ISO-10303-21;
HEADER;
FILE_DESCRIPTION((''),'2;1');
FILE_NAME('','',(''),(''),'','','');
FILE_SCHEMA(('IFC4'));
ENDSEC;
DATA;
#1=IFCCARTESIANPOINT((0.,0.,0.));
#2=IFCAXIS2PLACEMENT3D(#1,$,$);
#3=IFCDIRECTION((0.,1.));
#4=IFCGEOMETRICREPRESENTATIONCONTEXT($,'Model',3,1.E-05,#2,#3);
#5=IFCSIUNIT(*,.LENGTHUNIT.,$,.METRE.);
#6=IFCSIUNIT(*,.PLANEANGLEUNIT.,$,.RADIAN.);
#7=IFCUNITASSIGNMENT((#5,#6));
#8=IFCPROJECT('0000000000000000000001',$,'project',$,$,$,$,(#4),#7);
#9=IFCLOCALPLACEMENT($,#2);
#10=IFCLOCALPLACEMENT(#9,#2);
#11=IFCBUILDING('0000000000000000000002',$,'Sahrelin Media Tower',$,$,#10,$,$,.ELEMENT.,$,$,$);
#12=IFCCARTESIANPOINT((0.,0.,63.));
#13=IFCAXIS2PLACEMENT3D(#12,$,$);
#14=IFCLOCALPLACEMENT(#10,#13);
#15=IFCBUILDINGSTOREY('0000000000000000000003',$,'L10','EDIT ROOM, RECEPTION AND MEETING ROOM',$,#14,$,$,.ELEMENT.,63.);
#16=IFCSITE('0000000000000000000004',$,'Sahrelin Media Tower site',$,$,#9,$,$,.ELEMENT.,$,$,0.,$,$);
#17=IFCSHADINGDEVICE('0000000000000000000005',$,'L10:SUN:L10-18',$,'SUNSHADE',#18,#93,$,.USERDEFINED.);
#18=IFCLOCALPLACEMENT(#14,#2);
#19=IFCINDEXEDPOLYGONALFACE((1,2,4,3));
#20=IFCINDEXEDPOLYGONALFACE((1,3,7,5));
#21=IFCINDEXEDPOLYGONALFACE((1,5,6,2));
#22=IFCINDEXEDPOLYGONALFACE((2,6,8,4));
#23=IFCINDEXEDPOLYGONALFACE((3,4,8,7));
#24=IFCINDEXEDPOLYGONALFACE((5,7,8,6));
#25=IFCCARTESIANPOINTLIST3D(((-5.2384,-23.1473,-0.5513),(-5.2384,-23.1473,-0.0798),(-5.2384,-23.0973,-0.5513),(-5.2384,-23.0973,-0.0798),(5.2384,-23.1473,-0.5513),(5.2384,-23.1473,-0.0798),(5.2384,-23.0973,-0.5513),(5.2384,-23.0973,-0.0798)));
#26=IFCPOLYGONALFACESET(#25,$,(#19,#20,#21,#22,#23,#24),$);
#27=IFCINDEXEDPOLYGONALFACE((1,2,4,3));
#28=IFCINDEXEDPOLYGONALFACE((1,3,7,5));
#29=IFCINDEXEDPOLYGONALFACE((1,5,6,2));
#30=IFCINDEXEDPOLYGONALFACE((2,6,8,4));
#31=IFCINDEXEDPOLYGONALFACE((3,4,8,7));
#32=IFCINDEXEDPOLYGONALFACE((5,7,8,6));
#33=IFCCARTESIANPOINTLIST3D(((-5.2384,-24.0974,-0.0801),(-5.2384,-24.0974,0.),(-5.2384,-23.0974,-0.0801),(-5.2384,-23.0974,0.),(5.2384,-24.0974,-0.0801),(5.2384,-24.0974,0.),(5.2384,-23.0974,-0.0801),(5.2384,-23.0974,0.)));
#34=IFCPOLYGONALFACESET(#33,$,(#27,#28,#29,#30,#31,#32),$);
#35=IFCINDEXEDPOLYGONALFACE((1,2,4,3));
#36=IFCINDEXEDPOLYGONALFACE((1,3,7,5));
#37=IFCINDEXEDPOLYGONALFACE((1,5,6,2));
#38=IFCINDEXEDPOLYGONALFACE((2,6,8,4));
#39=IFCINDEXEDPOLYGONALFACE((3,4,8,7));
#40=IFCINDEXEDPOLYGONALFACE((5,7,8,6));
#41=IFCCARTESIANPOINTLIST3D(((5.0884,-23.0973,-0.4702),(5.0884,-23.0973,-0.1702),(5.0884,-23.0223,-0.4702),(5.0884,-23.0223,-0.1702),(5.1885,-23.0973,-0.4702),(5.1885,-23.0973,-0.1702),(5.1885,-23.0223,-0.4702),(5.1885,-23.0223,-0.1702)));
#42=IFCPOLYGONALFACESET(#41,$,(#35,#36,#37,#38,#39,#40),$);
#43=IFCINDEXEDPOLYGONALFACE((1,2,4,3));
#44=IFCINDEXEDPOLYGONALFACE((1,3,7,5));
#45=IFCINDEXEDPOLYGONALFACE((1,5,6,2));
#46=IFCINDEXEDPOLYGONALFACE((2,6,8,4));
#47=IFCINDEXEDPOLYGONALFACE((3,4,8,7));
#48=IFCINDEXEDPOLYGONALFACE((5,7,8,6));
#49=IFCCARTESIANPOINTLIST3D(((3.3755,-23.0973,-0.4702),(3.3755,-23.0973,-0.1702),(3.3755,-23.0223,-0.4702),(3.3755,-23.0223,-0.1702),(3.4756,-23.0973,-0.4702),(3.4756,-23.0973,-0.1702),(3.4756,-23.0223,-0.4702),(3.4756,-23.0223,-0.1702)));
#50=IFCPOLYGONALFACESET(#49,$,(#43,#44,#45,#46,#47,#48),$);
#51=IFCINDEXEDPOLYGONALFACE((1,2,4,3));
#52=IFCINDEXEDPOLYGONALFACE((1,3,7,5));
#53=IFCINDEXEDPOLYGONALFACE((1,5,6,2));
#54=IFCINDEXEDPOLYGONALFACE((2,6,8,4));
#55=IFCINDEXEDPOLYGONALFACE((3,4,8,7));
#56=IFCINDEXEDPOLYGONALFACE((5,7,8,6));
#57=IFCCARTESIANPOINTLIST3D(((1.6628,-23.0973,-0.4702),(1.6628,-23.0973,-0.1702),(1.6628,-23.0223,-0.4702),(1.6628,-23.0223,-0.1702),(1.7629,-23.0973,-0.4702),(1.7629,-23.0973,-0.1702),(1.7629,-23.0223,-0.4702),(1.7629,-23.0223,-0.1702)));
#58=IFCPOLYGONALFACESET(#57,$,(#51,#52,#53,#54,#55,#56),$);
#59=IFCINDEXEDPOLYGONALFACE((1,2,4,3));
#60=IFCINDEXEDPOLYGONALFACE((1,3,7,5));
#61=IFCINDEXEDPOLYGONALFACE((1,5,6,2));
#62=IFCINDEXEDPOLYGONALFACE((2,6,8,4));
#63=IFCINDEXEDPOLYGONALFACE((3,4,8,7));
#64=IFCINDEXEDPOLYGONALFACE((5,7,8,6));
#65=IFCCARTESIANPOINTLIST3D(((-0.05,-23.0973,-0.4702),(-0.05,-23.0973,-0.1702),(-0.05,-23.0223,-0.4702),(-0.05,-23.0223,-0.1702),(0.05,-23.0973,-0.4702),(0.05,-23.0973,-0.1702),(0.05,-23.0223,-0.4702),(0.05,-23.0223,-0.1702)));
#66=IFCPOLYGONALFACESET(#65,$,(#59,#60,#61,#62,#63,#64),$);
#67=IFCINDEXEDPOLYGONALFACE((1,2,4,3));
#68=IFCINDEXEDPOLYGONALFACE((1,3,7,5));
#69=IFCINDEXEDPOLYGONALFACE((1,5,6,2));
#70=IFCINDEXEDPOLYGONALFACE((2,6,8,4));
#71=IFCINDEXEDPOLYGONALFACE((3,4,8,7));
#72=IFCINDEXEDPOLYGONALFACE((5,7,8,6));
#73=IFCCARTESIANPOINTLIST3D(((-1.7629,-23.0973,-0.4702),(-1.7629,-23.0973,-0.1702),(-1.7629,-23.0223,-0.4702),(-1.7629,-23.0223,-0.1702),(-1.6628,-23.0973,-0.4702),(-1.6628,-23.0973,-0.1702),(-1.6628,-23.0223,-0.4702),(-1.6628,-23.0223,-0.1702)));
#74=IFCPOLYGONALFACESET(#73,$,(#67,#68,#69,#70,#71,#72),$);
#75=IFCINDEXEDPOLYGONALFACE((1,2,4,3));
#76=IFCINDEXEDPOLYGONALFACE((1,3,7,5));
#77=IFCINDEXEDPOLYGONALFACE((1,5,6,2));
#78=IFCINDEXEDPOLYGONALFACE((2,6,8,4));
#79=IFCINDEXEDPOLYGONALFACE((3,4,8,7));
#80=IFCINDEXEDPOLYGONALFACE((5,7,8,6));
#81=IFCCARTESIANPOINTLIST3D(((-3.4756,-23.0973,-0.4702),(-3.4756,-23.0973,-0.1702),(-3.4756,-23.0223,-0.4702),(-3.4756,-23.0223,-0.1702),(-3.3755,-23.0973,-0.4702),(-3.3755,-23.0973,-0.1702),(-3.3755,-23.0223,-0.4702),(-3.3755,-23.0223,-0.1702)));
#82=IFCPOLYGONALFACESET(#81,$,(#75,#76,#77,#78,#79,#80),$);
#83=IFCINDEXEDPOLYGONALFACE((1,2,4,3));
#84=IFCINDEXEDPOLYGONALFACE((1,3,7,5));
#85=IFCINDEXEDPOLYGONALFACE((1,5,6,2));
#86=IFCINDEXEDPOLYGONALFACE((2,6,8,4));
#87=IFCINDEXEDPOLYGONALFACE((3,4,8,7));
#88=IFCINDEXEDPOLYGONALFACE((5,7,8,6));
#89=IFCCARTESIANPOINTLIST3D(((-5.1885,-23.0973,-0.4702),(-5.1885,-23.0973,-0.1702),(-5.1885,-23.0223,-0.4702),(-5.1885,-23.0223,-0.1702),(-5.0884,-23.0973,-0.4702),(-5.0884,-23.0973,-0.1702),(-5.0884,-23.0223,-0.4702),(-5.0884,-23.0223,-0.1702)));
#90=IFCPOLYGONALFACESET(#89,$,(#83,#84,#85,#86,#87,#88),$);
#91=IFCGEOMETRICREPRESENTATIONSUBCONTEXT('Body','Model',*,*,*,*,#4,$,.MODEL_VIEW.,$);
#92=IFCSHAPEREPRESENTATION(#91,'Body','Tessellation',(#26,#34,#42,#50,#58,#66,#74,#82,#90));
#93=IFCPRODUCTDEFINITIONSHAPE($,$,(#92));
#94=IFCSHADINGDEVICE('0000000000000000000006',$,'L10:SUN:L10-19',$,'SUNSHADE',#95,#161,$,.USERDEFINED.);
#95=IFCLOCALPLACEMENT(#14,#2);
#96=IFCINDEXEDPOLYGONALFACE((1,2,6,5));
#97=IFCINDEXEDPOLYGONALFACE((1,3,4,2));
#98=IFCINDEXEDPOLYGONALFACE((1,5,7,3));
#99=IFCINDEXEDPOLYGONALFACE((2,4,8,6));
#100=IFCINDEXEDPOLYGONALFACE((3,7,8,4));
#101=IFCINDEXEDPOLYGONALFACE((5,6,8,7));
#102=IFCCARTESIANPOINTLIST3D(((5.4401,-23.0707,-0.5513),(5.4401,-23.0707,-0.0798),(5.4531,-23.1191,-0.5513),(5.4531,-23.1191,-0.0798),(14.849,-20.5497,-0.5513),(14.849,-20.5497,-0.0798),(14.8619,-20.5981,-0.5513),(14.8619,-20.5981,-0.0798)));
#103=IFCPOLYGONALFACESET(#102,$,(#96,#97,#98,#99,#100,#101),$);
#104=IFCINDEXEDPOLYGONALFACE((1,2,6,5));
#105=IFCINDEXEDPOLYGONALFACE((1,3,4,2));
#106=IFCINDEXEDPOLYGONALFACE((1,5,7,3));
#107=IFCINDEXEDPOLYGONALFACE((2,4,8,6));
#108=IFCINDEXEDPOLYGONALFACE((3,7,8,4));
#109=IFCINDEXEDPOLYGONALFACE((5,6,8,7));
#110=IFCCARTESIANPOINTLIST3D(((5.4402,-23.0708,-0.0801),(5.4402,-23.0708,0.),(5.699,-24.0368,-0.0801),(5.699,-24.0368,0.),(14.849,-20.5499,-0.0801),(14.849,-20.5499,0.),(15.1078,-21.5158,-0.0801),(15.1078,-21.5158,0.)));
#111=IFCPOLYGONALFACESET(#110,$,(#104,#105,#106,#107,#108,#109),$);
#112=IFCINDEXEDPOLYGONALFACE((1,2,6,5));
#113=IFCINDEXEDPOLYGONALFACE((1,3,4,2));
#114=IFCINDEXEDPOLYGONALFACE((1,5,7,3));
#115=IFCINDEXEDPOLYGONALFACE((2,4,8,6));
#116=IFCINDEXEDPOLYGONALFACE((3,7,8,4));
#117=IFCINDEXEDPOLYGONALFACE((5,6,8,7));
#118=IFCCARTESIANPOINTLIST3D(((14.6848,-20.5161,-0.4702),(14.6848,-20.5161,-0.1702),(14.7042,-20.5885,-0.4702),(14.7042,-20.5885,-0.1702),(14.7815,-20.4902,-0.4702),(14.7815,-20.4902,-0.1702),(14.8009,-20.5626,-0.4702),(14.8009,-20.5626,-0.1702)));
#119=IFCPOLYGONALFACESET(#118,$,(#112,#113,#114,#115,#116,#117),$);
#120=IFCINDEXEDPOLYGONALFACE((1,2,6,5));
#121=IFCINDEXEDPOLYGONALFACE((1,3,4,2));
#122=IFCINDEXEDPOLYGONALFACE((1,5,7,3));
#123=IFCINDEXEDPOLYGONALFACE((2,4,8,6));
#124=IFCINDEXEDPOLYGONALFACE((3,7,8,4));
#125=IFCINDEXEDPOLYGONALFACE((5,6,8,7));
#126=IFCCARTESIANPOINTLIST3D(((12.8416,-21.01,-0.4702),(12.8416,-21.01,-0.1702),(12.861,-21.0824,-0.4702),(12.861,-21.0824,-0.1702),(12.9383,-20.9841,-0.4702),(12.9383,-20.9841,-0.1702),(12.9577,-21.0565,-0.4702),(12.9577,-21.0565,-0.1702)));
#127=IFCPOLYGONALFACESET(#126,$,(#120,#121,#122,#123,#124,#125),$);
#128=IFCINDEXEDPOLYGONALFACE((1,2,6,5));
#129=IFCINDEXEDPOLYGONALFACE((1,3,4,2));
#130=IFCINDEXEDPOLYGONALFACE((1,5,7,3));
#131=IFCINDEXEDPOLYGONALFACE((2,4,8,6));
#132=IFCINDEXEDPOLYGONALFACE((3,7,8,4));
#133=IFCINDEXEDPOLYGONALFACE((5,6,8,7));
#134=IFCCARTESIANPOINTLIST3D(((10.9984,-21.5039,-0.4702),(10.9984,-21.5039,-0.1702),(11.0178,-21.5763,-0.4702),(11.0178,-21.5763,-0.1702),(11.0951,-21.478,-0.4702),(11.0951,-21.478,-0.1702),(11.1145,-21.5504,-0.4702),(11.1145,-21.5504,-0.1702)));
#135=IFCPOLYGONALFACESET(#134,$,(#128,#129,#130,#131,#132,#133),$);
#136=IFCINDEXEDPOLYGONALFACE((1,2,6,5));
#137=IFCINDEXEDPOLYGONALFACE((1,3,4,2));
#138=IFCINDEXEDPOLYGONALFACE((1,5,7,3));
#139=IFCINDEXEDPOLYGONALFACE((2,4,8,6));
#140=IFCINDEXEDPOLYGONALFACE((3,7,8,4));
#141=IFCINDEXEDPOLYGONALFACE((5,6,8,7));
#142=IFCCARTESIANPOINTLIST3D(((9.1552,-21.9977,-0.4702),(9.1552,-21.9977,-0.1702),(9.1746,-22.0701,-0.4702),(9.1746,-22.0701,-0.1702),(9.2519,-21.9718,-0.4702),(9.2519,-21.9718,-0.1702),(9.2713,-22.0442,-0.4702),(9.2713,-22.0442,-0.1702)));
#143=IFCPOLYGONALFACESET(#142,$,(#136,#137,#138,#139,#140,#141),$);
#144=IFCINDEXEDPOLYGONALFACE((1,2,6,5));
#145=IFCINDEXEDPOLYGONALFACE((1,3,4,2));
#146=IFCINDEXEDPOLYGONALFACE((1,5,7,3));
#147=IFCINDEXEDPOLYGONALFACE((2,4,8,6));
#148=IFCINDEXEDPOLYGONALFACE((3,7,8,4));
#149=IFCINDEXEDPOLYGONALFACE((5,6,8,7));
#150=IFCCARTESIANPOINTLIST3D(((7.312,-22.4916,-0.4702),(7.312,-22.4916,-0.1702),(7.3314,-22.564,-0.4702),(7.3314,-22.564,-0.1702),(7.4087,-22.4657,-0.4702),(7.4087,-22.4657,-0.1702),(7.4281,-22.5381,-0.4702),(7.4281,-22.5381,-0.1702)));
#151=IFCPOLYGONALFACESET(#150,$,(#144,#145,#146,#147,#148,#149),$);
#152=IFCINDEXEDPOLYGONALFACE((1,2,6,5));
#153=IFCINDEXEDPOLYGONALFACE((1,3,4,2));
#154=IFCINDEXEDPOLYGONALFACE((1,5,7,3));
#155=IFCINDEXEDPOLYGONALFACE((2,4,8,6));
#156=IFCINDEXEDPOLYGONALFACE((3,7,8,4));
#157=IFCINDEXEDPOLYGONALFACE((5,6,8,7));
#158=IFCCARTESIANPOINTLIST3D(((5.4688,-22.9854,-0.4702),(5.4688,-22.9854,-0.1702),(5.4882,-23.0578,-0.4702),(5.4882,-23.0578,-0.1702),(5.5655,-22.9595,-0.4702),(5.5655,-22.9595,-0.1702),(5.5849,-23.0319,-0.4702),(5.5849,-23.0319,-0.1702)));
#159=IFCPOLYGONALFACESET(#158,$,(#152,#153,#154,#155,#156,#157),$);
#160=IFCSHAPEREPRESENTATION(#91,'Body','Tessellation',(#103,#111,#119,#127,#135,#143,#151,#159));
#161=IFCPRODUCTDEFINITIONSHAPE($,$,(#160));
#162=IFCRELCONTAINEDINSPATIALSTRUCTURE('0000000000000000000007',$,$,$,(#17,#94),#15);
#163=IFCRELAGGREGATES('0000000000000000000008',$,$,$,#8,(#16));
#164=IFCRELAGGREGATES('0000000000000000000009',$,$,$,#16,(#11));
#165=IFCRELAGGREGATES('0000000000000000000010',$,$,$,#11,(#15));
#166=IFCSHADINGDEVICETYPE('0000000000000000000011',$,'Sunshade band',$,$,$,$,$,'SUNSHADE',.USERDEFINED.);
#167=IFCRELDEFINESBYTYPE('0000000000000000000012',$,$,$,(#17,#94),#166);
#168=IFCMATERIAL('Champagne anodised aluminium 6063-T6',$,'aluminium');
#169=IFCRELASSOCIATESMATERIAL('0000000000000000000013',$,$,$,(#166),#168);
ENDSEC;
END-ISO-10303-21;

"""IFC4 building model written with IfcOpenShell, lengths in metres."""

from ifc_helpers import new_model, si_unit, direction, frame, origin, origin_2d, place, context, subcontext, project, spatial, rectangle, extrude, material, type_object, element, save


model = new_model("IFC4")

# Units and contexts
model_context = context("Model", 3, precision=1e-05, world=origin(), true_north=direction((0.0, 1.0)))
body_context = subcontext(model_context, "Body", "Model", "MODEL_VIEW")
ifc_project = project(units=[si_unit("LENGTHUNIT", "METRE"), si_unit("PLANEANGLEUNIT", "RADIAN")], contexts=[model_context])

# Site, building, storey
site_placement = place(None, origin())
site = spatial("IfcSite", under=ifc_project, at=site_placement, Name="Sahrelin Media Tower site", CompositionType="ELEMENT", RefElevation=0.0)
building_placement = place(site_placement, origin())
building = spatial("IfcBuilding", under=site, at=building_placement, Name="Sahrelin Media Tower", CompositionType="ELEMENT")
storey_placement = place(building_placement, frame((0.0, 0.0, 63.0)))
storey = spatial("IfcBuildingStorey", under=building, at=storey_placement, Name="L10", Description="EDIT ROOM, RECEPTION AND MEETING ROOM", CompositionType="ELEMENT", Elevation=63.0)

# Shared definitions
ifc_material_1 = material(Name="Champagne anodised aluminium 6063-T6", Category="aluminium")

# Shading devices
placement_1 = place(storey_placement, frame((0.0, -23.0774, 0.0), z_axis=(0.0, 0.0, 1.0), x_axis=(-1.0, 0.0, 0.0)))
placement_2 = place(storey_placement, frame((10.1394, -21.791, 0.0), z_axis=(0.0, 0.0, 1.0), x_axis=(-0.965929, -0.258808, 0.0)))
shading_device_type_1 = type_object("IfcShadingDeviceType", Name="Sunshade band", ElementType="SUNSHADE", PredefinedType="USERDEFINED", material=ifc_material_1)
element("IfcShadingDevice", 1, at=placement_1, inside=storey, type_object=shading_device_type_1, Name="L10:SUN:L10-18", ObjectType="SUNSHADE", PredefinedType="USERDEFINED", context=body_context, shape_type="SweptSolid", body=[
    extrude(rectangle(XDim=10.4768, YDim=0.05, at=origin_2d()), frame((0.0, 0.0449, -0.5513)), (0.0, 0.0, 1.0), 0.4714),
    extrude(rectangle(XDim=10.4768, YDim=1.0, at=origin_2d()), frame((0.0, 0.52, -0.0801)), (0.0, 0.0, 1.0), 0.0801),
    extrude(rectangle(XDim=0.1001, YDim=0.075, at=origin_2d()), frame((-5.1384, -0.0176, -0.4702)), (0.0, 0.0, 1.0), 0.3),
    extrude(rectangle(XDim=0.1001, YDim=0.075, at=origin_2d()), frame((-3.4255, -0.0176, -0.4702)), (0.0, 0.0, 1.0), 0.3),
    extrude(rectangle(XDim=0.1001, YDim=0.075, at=origin_2d()), frame((-1.7129, -0.0176, -0.4702)), (0.0, 0.0, 1.0), 0.3),
    extrude(rectangle(XDim=0.1001, YDim=0.075, at=origin_2d()), frame((0.0, -0.0176, -0.4702)), (0.0, 0.0, 1.0), 0.3),
    extrude(rectangle(XDim=0.1001, YDim=0.075, at=origin_2d()), frame((1.7129, -0.0176, -0.4702)), (0.0, 0.0, 1.0), 0.3),
    extrude(rectangle(XDim=0.1001, YDim=0.075, at=origin_2d()), frame((3.4255, -0.0176, -0.4702)), (0.0, 0.0, 1.0), 0.3),
    extrude(rectangle(XDim=0.1001, YDim=0.075, at=origin_2d()), frame((5.1384, -0.0176, -0.4702)), (0.0, 0.0, 1.0), 0.3),
])
element("IfcShadingDevice", 2, at=placement_2, inside=storey, type_object=shading_device_type_1, Name="L10:SUN:L10-19", ObjectType="SUNSHADE", PredefinedType="USERDEFINED", context=body_context, shape_type="SweptSolid", body=[
    extrude(rectangle(XDim=9.7407, YDim=0.05, at=origin_2d()), frame((0.0, 0.0449, -0.5513)), (0.0, 0.0, 1.0), 0.4714),
    extrude(rectangle(XDim=9.7407, YDim=1.0, at=origin_2d()), frame((0.0, 0.52, -0.0801)), (0.0, 0.0, 1.0), 0.0801),
    extrude(rectangle(XDim=0.1001, YDim=0.075, at=origin_2d()), frame((-4.7705, -0.0176, -0.4702)), (0.0, 0.0, 1.0), 0.3),
    extrude(rectangle(XDim=0.1001, YDim=0.075, at=origin_2d()), frame((-2.8623, -0.0176, -0.4702)), (0.0, 0.0, 1.0), 0.3),
    extrude(rectangle(XDim=0.1001, YDim=0.075, at=origin_2d()), frame((-0.9541, -0.0176, -0.4702)), (0.0, 0.0, 1.0), 0.3),
    extrude(rectangle(XDim=0.1001, YDim=0.075, at=origin_2d()), frame((0.9541, -0.0176, -0.4702)), (0.0, 0.0, 1.0), 0.3),
    extrude(rectangle(XDim=0.1001, YDim=0.075, at=origin_2d()), frame((2.8623, -0.0176, -0.4702)), (0.0, 0.0, 1.0), 0.3),
    extrude(rectangle(XDim=0.1001, YDim=0.075, at=origin_2d()), frame((4.7705, -0.0176, -0.4702)), (0.0, 0.0, 1.0), 0.3),
])

save(model, "model.ifc")
